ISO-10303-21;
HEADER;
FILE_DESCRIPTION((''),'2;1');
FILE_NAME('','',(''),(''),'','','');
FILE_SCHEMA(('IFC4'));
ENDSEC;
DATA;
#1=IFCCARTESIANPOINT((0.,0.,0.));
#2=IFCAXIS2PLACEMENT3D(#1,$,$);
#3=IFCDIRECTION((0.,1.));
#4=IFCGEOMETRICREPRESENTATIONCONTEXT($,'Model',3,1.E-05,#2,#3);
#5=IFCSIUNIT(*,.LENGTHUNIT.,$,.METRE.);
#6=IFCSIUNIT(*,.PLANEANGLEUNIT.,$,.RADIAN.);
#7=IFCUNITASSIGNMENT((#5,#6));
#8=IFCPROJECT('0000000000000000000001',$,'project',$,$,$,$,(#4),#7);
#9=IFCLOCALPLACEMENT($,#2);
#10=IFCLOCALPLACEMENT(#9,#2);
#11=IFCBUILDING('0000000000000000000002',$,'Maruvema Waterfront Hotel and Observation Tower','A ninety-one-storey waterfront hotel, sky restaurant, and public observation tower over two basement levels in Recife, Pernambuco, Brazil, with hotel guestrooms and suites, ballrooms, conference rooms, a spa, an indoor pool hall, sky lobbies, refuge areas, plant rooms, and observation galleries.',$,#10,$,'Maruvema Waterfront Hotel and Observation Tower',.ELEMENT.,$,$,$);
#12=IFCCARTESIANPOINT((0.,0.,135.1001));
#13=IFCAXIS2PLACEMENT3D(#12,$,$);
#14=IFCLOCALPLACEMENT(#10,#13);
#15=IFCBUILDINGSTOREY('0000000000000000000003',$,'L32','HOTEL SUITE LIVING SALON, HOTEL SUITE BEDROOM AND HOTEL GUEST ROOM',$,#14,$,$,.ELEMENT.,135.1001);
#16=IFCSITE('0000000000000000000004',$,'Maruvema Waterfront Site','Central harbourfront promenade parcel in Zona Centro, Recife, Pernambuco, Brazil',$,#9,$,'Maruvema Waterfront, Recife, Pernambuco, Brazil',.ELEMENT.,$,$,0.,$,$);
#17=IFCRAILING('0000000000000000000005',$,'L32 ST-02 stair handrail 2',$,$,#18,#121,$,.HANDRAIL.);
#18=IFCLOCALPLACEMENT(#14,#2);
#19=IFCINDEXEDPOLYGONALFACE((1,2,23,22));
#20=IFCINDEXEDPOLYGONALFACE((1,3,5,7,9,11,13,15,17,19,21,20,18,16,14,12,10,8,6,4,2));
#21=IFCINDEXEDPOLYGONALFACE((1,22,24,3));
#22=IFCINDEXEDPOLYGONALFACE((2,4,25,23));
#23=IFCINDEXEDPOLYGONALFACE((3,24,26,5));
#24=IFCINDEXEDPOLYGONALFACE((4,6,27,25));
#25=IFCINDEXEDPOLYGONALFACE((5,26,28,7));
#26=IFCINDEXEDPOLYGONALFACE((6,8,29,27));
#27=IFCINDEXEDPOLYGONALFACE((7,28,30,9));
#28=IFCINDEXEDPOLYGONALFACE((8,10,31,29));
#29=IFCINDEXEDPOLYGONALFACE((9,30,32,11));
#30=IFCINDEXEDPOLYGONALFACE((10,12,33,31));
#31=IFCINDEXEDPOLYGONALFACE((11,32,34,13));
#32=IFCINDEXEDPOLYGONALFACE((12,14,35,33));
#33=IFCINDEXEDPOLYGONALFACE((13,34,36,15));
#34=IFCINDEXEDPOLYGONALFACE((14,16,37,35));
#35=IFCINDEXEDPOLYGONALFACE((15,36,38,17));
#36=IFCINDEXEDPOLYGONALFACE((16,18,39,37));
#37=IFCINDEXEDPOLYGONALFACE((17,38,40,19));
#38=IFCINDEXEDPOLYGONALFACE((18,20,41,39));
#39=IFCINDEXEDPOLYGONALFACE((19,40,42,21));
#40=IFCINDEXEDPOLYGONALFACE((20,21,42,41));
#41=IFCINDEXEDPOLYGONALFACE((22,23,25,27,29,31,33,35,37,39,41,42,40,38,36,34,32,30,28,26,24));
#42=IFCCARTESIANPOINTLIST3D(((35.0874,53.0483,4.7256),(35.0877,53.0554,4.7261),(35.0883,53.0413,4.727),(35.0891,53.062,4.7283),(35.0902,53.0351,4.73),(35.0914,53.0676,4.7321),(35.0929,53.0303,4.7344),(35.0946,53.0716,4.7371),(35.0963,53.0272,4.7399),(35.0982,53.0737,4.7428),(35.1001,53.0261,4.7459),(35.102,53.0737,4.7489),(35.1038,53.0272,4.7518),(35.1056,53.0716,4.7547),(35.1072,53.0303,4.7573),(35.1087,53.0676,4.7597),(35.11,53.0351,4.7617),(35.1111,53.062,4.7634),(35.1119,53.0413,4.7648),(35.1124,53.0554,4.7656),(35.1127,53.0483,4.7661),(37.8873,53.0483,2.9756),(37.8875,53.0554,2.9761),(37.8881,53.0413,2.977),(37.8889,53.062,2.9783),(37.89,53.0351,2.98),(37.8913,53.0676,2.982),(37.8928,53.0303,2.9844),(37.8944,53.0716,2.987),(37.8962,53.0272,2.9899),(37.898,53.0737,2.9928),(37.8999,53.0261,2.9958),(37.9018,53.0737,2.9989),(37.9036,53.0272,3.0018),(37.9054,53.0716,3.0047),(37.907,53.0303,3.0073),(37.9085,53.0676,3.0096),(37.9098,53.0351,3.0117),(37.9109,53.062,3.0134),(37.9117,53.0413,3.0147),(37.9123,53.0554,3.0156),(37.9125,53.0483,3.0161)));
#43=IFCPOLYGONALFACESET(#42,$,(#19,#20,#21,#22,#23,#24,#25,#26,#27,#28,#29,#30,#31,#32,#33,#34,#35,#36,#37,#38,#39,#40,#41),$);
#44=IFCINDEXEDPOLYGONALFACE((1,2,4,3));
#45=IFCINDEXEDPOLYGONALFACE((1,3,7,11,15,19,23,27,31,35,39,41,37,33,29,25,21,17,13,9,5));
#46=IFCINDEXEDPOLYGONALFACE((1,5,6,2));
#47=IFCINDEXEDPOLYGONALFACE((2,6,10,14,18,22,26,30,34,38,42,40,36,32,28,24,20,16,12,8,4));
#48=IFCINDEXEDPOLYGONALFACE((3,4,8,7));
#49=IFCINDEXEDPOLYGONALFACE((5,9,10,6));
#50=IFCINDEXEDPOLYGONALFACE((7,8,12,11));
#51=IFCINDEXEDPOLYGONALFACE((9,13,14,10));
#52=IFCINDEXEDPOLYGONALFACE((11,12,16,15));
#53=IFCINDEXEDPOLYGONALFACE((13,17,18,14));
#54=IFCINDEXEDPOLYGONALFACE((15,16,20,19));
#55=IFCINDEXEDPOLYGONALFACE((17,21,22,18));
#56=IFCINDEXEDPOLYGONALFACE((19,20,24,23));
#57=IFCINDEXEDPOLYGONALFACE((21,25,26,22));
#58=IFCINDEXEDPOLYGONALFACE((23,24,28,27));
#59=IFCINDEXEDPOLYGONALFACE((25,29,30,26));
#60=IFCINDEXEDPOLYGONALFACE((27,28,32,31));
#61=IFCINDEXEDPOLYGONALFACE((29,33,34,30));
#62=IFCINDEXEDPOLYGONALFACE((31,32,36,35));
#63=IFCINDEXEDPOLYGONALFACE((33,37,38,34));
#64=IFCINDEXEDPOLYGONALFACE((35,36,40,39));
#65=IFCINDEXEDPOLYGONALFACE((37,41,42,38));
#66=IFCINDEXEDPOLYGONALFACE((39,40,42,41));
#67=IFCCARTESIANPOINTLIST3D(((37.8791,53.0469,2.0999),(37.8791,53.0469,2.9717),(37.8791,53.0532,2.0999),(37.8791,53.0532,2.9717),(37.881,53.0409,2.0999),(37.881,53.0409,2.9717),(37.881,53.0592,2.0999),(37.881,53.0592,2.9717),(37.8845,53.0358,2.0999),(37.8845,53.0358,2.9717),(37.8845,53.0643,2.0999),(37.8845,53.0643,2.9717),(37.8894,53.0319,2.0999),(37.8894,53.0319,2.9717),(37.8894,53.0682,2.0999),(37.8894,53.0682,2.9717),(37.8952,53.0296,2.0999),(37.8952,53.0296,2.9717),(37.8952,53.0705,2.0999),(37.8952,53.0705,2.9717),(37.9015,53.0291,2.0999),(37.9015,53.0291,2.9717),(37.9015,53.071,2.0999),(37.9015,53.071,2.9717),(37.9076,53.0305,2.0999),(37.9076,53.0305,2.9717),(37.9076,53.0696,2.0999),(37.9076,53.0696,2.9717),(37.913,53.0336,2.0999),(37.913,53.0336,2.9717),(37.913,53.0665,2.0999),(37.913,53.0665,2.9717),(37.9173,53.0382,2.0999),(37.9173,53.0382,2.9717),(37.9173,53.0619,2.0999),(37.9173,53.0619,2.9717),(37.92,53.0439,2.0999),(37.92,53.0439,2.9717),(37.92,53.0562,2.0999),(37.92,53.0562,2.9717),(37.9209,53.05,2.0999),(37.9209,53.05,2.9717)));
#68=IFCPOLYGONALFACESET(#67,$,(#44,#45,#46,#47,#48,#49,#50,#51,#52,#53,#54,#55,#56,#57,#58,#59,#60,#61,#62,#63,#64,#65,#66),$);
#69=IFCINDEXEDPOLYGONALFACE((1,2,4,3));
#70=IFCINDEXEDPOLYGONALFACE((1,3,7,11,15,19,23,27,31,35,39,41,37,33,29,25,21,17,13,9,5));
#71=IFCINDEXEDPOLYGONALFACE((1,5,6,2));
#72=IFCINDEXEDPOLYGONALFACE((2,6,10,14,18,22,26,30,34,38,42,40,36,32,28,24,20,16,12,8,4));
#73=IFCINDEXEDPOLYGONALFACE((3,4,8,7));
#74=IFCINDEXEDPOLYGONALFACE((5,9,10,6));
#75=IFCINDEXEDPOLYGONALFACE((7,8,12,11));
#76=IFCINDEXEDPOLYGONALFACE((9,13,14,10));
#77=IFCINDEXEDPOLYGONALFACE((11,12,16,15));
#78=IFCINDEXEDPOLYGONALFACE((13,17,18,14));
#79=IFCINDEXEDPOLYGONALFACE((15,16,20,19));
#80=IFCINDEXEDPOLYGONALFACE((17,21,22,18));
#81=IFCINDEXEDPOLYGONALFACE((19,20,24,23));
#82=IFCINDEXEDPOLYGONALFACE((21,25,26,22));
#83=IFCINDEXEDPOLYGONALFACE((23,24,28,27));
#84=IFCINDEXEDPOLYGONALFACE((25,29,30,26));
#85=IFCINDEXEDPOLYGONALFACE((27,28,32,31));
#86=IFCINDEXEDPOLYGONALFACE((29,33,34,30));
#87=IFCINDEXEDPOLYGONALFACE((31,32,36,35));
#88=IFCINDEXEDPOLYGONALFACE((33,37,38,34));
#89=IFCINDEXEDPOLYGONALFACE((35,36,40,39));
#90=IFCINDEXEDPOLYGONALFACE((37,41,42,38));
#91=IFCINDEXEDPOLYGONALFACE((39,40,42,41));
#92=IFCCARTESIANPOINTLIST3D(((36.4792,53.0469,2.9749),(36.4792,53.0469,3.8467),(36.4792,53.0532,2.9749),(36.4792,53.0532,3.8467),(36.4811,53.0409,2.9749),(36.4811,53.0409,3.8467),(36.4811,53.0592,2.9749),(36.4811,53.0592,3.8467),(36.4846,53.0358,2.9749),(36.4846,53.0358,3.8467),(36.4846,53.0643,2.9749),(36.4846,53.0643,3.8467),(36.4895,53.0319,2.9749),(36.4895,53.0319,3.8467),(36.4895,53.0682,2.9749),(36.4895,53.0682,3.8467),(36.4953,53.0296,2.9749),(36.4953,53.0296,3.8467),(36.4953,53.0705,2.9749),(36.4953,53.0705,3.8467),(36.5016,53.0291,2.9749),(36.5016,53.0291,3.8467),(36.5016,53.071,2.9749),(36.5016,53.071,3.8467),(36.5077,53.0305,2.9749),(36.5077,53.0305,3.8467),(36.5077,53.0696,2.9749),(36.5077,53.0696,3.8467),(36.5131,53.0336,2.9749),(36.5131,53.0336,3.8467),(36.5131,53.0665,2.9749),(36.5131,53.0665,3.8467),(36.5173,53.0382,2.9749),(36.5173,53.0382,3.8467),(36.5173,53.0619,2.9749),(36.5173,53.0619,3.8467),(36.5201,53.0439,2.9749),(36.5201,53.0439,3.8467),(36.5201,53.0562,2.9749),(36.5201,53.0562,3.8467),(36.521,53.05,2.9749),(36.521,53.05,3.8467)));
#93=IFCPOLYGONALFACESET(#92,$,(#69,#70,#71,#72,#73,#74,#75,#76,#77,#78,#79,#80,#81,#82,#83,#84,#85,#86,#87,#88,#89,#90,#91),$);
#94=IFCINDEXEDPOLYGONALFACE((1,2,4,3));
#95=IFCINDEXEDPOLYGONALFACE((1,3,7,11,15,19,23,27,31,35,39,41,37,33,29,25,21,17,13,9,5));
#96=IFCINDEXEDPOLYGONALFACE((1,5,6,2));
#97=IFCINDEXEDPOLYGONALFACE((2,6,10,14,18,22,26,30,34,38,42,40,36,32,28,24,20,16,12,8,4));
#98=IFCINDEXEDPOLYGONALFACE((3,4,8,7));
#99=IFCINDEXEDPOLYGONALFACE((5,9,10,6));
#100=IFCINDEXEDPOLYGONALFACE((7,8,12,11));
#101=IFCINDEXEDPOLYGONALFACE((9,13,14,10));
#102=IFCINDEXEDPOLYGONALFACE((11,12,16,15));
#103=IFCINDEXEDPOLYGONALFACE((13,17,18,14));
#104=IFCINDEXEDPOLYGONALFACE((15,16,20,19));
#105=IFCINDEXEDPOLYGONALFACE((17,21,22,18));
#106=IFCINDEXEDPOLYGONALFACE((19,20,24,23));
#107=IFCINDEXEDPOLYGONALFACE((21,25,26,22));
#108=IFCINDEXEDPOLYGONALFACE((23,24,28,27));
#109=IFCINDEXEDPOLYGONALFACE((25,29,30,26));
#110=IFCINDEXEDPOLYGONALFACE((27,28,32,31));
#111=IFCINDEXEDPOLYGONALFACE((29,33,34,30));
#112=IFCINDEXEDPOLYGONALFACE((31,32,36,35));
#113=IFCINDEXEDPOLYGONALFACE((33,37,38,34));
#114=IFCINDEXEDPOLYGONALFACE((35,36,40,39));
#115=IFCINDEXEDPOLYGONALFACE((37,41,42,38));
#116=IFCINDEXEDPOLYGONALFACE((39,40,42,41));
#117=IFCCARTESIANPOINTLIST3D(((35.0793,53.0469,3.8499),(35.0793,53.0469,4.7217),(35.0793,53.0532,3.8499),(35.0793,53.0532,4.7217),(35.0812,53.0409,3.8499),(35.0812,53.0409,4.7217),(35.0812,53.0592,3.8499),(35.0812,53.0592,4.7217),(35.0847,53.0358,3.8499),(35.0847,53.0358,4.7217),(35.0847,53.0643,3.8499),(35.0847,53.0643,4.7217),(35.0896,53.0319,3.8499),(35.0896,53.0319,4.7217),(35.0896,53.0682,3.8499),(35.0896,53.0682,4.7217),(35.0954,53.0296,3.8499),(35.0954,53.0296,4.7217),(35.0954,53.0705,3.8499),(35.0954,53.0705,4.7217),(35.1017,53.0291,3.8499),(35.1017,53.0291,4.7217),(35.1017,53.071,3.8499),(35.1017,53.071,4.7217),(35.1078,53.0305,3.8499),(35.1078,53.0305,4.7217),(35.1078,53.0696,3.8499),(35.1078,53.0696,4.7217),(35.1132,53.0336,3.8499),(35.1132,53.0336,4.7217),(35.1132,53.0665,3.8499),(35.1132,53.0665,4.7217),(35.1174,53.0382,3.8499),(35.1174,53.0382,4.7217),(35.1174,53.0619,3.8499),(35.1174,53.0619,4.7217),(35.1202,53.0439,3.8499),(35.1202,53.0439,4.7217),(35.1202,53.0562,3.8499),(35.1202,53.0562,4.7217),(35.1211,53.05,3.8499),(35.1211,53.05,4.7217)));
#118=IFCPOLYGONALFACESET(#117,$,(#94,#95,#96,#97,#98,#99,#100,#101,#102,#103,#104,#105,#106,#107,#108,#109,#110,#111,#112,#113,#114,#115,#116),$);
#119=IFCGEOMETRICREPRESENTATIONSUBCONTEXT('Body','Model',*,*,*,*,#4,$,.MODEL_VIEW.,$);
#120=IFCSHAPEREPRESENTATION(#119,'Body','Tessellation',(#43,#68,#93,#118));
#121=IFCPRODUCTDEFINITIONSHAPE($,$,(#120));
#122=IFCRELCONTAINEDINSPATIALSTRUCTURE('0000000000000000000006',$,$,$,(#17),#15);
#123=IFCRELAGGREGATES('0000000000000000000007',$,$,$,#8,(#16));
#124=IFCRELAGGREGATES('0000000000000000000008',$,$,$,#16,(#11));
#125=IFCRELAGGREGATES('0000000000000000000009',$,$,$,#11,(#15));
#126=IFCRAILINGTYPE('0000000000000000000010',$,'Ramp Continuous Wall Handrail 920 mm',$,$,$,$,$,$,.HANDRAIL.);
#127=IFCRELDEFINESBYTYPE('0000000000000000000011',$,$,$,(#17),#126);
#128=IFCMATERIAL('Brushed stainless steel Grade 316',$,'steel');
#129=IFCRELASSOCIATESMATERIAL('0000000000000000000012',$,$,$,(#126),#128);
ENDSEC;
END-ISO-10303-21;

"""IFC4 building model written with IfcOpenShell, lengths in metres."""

from ifc_helpers import new_model, si_unit, direction, frame, origin, origin_2d, place, context, subcontext, project, spatial, circle, extrude, material, type_object, element, save


model = new_model("IFC4")

# Units and contexts
model_context = context("Model", 3, precision=1e-05, world=origin(), true_north=direction((0.0, 1.0)))
body_context = subcontext(model_context, "Body", "Model", "MODEL_VIEW")
ifc_project = project(units=[si_unit("LENGTHUNIT", "METRE"), si_unit("PLANEANGLEUNIT", "RADIAN")], contexts=[model_context])

# Site, building, storey
site_placement = place(None, origin())
site = spatial("IfcSite", under=ifc_project, at=site_placement, Name="Maruvema Waterfront Site", Description="Central harbourfront promenade parcel in Zona Centro, Recife, Pernambuco, Brazil", LongName="Maruvema Waterfront, Recife, Pernambuco, Brazil", CompositionType="ELEMENT", RefElevation=0.0)
building_placement = place(site_placement, origin())
building = spatial("IfcBuilding", under=site, at=building_placement, Name="Maruvema Waterfront Hotel and Observation Tower", Description="A ninety-one-storey waterfront hotel, sky restaurant, and public observation tower over two basement levels in Recife, Pernambuco, Brazil, with hotel guestrooms and suites, ballrooms, conference rooms, a spa, an indoor pool hall, sky lobbies, refuge areas, plant rooms, and observation galleries.", LongName="Maruvema Waterfront Hotel and Observation Tower", CompositionType="ELEMENT")
storey_placement = place(building_placement, frame((0.0, 0.0, 135.1001)))
storey = spatial("IfcBuildingStorey", under=building, at=storey_placement, Name="L32", Description="HOTEL SUITE LIVING SALON, HOTEL SUITE BEDROOM AND HOTEL GUEST ROOM", CompositionType="ELEMENT", Elevation=135.1001)

# Railing
ifc_material_1 = material(Name="Brushed stainless steel Grade 316", Category="steel")
railing_type_1 = type_object("IfcRailingType", Name="Ramp Continuous Wall Handrail 920 mm", PredefinedType="HANDRAIL", material=ifc_material_1)
railing_1_placement = place(storey_placement, frame((37.8999, 53.05, 2.0999)))
element("IfcRailing", 1, at=railing_1_placement, inside=storey, type_object=railing_type_1, Name="L32 ST-02 stair handrail 2", PredefinedType="HANDRAIL", context=body_context, shape_type="SweptSolid", body=[
    extrude(circle(Radius=0.0239, at=origin_2d()), frame((0.0, 0.0, 0.896), z_axis=(-0.847982, 0.0, 0.530026), x_axis=(0.0, -1.0, 0.0)), (0.0, 0.0, 1.0), 3.3018),
    extrude(circle(Radius=0.021, at=origin_2d()), origin(), (0.0, 0.0, 1.0), 0.8718),
    extrude(circle(Radius=0.021, at=origin_2d()), frame((-1.3999, 0.0, 0.875)), (0.0, 0.0, 1.0), 0.8718),
    extrude(circle(Radius=0.021, at=origin_2d()), frame((-2.7998, 0.0, 1.75)), (0.0, 0.0, 1.0), 0.8718),
])

save(model, "model.ifc")
